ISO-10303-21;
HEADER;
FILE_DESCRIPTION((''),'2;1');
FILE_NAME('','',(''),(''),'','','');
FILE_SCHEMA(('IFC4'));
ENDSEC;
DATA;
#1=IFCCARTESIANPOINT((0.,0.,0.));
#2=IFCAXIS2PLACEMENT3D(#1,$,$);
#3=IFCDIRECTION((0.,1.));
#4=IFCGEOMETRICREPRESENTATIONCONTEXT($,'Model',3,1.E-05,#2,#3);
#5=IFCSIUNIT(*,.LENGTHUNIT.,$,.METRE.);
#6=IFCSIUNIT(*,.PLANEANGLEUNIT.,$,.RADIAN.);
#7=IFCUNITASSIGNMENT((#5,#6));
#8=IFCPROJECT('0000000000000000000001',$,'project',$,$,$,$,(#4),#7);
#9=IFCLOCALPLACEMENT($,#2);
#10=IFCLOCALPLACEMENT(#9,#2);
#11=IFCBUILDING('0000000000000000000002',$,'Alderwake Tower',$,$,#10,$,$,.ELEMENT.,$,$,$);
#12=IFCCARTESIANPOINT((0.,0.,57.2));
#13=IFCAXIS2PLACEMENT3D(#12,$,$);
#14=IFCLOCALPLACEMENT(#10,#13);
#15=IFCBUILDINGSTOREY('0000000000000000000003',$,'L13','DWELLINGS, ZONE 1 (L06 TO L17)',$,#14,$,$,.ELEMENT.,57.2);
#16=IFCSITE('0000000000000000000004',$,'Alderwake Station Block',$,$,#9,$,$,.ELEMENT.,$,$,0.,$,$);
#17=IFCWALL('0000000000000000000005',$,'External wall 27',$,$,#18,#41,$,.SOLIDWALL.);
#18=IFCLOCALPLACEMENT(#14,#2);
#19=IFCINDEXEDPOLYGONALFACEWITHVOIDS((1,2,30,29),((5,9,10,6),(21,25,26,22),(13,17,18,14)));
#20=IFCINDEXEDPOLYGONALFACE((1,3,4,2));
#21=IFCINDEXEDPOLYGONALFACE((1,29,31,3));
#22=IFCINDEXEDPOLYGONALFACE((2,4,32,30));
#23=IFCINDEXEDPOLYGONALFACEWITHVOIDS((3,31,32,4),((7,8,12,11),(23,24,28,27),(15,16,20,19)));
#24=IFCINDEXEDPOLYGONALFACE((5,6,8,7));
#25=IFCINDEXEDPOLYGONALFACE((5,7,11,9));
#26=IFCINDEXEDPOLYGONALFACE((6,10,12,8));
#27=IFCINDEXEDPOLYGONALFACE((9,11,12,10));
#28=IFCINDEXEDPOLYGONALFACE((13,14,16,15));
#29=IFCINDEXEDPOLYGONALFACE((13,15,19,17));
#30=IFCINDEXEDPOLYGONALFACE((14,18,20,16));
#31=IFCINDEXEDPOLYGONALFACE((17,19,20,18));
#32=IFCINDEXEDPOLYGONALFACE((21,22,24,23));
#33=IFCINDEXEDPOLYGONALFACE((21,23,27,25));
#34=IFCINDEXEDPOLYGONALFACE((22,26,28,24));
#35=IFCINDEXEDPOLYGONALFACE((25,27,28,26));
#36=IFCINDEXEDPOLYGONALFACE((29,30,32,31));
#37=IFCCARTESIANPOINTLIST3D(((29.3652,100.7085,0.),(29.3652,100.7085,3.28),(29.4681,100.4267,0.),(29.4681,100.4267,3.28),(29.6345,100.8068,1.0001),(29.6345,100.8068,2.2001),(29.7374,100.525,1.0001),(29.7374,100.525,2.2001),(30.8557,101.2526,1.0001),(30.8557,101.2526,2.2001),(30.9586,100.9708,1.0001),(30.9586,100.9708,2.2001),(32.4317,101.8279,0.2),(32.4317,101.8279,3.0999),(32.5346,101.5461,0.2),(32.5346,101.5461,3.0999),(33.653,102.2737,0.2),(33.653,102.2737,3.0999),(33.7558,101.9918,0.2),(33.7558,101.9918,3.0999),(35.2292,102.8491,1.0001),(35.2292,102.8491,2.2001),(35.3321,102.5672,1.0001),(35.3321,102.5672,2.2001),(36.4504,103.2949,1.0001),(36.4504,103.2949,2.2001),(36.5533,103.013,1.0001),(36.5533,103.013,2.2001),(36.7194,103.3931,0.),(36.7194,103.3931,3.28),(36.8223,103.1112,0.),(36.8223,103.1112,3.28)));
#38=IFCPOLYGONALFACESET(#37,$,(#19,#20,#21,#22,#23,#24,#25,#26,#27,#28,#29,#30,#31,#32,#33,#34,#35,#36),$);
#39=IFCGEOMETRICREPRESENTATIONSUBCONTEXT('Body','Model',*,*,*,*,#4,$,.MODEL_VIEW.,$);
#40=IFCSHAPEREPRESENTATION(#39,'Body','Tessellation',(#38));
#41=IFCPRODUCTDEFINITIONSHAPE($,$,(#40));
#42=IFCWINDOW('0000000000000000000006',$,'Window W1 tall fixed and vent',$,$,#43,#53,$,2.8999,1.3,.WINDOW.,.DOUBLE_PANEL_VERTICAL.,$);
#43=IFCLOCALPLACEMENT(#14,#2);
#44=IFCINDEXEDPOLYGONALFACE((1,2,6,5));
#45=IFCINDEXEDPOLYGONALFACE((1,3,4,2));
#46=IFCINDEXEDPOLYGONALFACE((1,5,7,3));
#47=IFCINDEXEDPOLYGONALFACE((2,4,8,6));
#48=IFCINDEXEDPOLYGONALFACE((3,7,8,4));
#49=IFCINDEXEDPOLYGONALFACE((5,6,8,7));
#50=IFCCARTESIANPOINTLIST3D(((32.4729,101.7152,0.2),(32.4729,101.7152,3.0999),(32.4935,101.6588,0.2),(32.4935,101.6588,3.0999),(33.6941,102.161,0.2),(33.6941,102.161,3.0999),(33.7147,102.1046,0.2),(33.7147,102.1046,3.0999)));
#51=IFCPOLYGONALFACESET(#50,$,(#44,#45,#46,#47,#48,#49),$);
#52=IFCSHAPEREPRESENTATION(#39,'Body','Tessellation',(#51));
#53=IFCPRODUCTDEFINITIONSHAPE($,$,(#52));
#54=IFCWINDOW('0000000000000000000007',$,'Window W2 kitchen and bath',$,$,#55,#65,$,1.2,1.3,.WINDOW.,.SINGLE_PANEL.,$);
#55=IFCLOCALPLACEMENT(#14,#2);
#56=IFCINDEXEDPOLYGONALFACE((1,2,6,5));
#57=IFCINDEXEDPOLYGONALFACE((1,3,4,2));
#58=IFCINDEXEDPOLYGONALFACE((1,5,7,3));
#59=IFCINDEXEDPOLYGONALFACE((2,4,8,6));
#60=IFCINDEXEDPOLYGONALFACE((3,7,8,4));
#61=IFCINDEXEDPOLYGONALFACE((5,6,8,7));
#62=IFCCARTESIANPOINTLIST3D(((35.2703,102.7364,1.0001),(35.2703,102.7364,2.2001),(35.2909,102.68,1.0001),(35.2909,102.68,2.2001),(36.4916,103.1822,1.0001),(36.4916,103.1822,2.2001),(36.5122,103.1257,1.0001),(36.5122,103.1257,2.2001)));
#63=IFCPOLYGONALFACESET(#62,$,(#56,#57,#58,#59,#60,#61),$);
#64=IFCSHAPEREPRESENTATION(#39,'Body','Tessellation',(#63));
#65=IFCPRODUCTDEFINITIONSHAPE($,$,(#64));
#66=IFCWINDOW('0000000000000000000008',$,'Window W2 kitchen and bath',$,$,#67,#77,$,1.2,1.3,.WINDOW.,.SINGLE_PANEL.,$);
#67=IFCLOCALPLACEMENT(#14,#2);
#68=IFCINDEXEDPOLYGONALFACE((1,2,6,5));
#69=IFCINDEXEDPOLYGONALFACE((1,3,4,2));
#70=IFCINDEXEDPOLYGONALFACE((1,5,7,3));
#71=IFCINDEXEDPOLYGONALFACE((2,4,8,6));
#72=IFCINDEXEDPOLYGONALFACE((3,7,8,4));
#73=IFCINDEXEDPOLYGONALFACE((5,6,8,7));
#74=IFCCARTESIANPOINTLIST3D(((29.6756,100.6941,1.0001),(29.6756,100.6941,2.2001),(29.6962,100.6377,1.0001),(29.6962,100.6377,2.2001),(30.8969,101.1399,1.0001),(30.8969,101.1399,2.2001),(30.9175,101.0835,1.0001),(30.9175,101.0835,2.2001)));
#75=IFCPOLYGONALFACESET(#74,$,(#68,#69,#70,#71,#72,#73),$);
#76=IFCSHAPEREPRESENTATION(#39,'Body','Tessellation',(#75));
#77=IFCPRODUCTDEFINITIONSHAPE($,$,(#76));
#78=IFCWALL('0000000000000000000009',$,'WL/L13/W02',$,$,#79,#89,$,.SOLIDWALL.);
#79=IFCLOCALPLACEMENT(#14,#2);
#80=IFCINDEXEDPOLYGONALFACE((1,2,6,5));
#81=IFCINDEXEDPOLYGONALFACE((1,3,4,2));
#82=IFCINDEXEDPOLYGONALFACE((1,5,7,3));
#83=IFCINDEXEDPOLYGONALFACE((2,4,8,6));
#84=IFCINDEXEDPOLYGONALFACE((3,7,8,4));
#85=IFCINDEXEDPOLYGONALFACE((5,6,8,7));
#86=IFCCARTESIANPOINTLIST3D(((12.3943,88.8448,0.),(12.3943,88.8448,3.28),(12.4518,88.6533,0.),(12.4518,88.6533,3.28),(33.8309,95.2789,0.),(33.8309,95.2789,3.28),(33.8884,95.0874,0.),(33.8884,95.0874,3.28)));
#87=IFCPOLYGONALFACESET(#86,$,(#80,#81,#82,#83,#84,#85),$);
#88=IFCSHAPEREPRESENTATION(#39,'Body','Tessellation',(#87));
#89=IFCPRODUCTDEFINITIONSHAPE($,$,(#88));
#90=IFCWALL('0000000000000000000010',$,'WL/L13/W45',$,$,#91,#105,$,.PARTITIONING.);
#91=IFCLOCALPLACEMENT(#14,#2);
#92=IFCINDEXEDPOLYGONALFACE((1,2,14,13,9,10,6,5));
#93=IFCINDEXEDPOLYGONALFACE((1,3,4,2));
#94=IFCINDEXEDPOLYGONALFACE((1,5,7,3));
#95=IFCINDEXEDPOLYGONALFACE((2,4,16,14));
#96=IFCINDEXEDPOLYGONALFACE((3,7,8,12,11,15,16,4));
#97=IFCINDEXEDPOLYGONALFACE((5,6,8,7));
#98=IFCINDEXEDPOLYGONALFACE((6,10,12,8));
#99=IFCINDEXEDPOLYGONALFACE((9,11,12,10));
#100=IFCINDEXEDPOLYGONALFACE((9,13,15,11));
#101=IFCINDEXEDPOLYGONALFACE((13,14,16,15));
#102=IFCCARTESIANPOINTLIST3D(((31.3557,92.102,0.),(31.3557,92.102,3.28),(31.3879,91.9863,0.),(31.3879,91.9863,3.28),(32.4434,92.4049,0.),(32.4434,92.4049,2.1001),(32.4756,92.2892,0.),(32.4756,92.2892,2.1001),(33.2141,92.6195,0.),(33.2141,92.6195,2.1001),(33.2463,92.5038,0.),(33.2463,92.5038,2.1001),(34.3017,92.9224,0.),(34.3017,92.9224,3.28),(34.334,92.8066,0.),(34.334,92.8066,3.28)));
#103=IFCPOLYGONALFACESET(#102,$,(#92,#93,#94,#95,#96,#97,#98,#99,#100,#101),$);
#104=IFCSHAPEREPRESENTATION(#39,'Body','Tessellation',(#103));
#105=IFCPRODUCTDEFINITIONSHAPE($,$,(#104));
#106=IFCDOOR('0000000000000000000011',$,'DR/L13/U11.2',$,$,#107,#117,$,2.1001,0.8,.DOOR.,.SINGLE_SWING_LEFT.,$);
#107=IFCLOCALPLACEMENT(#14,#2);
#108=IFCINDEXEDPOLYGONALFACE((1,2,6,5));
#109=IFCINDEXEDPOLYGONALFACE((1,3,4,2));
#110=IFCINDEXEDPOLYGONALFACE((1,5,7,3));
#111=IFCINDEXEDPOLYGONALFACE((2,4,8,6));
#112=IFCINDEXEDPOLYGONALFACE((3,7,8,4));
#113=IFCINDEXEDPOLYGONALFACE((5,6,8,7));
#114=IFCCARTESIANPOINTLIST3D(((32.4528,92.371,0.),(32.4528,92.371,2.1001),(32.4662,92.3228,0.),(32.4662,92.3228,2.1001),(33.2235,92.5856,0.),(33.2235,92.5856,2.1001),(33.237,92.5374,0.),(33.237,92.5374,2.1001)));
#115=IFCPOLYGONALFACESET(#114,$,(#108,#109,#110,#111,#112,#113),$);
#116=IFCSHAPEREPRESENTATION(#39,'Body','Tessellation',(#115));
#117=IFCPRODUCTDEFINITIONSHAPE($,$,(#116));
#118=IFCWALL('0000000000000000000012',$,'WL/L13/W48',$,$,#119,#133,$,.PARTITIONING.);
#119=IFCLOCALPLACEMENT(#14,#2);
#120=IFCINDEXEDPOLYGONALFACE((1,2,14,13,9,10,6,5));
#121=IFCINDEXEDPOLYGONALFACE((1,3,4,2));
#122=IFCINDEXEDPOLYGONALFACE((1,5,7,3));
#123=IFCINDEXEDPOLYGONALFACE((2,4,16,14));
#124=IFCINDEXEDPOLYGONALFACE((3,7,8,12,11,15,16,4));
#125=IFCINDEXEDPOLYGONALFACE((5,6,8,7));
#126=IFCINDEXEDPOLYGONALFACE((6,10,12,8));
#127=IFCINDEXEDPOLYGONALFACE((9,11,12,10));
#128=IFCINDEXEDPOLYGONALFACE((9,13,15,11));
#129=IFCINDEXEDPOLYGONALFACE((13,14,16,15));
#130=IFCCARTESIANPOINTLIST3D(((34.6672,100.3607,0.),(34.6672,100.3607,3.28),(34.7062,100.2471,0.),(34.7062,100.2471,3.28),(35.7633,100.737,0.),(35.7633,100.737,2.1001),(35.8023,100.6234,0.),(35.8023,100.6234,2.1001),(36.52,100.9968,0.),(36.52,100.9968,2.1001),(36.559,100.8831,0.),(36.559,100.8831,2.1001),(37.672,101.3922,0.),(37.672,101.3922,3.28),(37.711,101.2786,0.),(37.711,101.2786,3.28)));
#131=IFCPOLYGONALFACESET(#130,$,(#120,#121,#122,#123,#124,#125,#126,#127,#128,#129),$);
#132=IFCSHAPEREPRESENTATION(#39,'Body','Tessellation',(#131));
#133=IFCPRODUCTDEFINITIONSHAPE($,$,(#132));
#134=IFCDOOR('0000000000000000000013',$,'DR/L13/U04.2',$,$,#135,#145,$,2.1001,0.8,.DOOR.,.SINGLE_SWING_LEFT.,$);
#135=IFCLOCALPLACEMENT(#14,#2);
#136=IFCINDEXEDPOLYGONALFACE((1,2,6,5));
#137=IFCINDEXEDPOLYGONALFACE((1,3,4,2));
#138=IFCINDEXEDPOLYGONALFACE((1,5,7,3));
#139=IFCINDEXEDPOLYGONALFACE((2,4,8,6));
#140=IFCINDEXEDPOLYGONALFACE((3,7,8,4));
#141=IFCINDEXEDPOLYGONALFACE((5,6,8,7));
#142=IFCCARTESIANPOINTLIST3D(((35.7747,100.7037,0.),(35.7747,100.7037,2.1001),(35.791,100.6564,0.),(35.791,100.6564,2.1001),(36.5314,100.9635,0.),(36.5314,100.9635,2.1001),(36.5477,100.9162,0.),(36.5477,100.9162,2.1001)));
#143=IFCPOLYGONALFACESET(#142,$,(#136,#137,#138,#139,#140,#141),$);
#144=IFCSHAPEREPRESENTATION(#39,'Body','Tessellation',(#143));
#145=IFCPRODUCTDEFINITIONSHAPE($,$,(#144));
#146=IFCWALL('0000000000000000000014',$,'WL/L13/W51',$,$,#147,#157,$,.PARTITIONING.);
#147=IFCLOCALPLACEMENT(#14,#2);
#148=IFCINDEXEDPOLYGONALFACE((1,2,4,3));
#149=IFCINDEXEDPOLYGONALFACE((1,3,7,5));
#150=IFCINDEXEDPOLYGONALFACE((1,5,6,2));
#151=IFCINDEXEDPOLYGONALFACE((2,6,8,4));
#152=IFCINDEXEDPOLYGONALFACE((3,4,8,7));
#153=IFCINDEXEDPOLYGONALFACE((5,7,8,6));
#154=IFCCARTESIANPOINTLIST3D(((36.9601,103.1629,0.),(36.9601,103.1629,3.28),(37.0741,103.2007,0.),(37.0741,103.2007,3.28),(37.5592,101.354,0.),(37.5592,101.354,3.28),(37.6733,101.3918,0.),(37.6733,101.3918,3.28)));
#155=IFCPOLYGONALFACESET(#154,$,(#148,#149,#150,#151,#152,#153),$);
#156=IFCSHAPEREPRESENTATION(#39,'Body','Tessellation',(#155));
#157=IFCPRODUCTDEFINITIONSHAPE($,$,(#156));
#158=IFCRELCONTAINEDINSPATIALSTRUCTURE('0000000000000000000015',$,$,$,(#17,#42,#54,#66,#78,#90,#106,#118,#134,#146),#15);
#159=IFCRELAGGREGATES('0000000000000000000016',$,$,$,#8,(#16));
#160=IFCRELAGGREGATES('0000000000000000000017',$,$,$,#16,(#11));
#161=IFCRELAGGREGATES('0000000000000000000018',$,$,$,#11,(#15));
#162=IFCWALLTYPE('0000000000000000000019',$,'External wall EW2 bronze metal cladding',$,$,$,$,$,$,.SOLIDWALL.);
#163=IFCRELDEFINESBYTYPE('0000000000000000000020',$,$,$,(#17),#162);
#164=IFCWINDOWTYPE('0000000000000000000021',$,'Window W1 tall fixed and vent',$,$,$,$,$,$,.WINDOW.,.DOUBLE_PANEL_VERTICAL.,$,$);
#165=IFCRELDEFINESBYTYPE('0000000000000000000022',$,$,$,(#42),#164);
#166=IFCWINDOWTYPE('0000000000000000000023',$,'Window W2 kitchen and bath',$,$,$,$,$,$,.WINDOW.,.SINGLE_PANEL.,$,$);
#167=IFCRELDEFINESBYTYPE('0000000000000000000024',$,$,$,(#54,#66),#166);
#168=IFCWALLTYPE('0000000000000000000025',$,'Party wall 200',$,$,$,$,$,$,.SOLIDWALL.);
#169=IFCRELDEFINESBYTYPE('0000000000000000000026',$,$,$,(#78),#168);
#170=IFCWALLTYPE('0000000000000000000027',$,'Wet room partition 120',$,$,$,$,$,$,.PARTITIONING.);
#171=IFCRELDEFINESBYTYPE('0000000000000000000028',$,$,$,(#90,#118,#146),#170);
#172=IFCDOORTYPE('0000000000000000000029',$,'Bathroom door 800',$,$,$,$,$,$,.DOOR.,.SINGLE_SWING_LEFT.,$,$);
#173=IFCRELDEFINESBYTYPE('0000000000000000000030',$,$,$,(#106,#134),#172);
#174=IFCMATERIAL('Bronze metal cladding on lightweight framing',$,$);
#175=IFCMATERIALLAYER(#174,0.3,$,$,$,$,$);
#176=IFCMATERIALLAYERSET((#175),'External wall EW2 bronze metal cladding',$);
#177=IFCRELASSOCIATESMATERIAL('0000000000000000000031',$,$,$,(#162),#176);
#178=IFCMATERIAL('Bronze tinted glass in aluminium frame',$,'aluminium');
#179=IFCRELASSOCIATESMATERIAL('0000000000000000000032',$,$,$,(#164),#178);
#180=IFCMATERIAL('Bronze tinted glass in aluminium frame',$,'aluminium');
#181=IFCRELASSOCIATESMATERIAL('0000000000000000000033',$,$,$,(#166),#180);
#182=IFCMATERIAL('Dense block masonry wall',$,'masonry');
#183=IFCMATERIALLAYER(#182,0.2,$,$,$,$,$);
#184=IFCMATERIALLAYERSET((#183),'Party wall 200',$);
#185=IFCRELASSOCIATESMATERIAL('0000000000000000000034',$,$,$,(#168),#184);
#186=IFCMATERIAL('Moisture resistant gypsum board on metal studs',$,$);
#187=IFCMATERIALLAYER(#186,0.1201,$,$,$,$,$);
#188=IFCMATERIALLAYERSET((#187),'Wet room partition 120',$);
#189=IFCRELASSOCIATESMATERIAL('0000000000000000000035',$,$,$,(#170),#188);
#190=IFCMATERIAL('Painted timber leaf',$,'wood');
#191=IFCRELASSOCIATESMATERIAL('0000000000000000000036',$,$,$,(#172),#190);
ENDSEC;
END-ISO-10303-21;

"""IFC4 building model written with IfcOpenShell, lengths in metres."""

from ifc_helpers import new_model, si_unit, direction, frame, frame_2d, origin, place, context, subcontext, project, spatial, rectangle, extrude, material, layer, layer_set, type_object, element, fill, save


model = new_model("IFC4")

# Units and contexts
model_context = context("Model", 3, precision=1e-05, world=origin(), true_north=direction((0.0, 1.0)))
body_context = subcontext(model_context, "Body", "Model", "MODEL_VIEW")
ifc_project = project(units=[si_unit("LENGTHUNIT", "METRE"), si_unit("PLANEANGLEUNIT", "RADIAN")], contexts=[model_context])

# Site, building, storey
site_placement = place(None, origin())
site = spatial("IfcSite", under=ifc_project, at=site_placement, Name="Alderwake Station Block", CompositionType="ELEMENT", RefElevation=0.0)
building_placement = place(site_placement, origin())
building = spatial("IfcBuilding", under=site, at=building_placement, Name="Alderwake Tower", CompositionType="ELEMENT")
storey_placement = place(building_placement, frame((0.0, 0.0, 57.2)))
storey = spatial("IfcBuildingStorey", under=building, at=storey_placement, Name="L13", Description="DWELLINGS, ZONE 1 (L06 TO L17)", CompositionType="ELEMENT", Elevation=57.2)

# Wall, openings, windows
ifc_material_1 = material(Name="Bronze metal cladding on lightweight framing")
ifc_layer_1 = layer(ifc_material_1, 0.3)
ifc_layer_set_1 = layer_set([ifc_layer_1], Name="External wall EW2 bronze metal cladding")
wall_type_1 = type_object("IfcWallType", Name="External wall EW2 bronze metal cladding", PredefinedType="SOLIDWALL", material=ifc_layer_set_1)
wall_1_placement = place(storey_placement, frame((36.771, 103.2522, 0.0), z_axis=(0.0, 0.0, 1.0), x_axis=(-0.93937, -0.342905, 0.0)))
wall_1 = element("IfcWall", 1, at=wall_1_placement, inside=storey, type_object=wall_type_1, Name="External wall 27", PredefinedType="SOLIDWALL", context=body_context, shape_type="SweptSolid", body=[
    extrude(rectangle(XDim=7.8289, YDim=0.3, at=frame_2d((3.9146, 0.0))), origin(), (0.0, 0.0, 1.0), 3.28),
])
opening_1_placement = place(wall_1_placement, frame((0.2866, 0.0, 1.0)))
opening_1 = element("IfcOpeningElement", 2, at=opening_1_placement, cuts=wall_1, PredefinedType="OPENING", context=body_context, shape_type="SweptSolid", body=[
    extrude(rectangle(XDim=1.3, YDim=1.2, at=frame_2d((0.6499, 0.6001))), frame((0.0, 0.1599, 0.0), z_axis=(0.0, -1.0, 0.0), x_axis=(1.0, 0.0, 0.0)), (0.0, 0.0, 1.0), 0.3201),
])
opening_2_placement = place(wall_1_placement, frame((3.2646, 0.0, 0.2)))
opening_2 = element("IfcOpeningElement", 3, at=opening_2_placement, cuts=wall_1, PredefinedType="OPENING", context=body_context, shape_type="SweptSolid", body=[
    extrude(rectangle(XDim=1.3, YDim=2.8999, at=frame_2d((0.6499, 1.45))), frame((0.0, 0.1599, 0.0), z_axis=(0.0, -1.0, 0.0), x_axis=(1.0, 0.0, 0.0)), (0.0, 0.0, 1.0), 0.3201),
])
opening_3_placement = place(wall_1_placement, frame((6.2424, 0.0, 1.0)))
opening_3 = element("IfcOpeningElement", 4, at=opening_3_placement, cuts=wall_1, PredefinedType="OPENING", context=body_context, shape_type="SweptSolid", body=[
    extrude(rectangle(XDim=1.3, YDim=1.2, at=frame_2d((0.6499, 0.6001))), frame((0.0, 0.1599, 0.0), z_axis=(0.0, -1.0, 0.0), x_axis=(1.0, 0.0, 0.0)), (0.0, 0.0, 1.0), 0.3201),
])
ifc_material_2 = material(Name="Bronze tinted glass in aluminium frame", Category="aluminium")
window_type_1 = type_object("IfcWindowType", Name="Window W1 tall fixed and vent", PartitioningType="DOUBLE_PANEL_VERTICAL", PredefinedType="WINDOW", material=ifc_material_2)
window_1_placement = place(opening_2_placement, origin())
window_1 = element("IfcWindow", 5, at=window_1_placement, inside=storey, type_object=window_type_1, Name="Window W1 tall fixed and vent", OverallHeight=2.8999, OverallWidth=1.3, PartitioningType="DOUBLE_PANEL_VERTICAL", PredefinedType="WINDOW", context=body_context, shape_type="SweptSolid", body=[
    extrude(rectangle(XDim=1.3, YDim=2.8999, at=frame_2d((0.6499, 1.45))), frame((0.0, 0.03, 0.0), z_axis=(0.0, -1.0, 0.0), x_axis=(1.0, 0.0, 0.0)), (0.0, 0.0, 1.0), 0.0601),
])
fill(opening_2, window_1)
ifc_material_3 = material(Name="Bronze tinted glass in aluminium frame", Category="aluminium")
window_type_2 = type_object("IfcWindowType", Name="Window W2 kitchen and bath", PartitioningType="SINGLE_PANEL", PredefinedType="WINDOW", material=ifc_material_3)
window_2_placement = place(opening_1_placement, origin())
window_2 = element("IfcWindow", 6, at=window_2_placement, inside=storey, type_object=window_type_2, Name="Window W2 kitchen and bath", OverallHeight=1.2, OverallWidth=1.3, PartitioningType="SINGLE_PANEL", PredefinedType="WINDOW", context=body_context, shape_type="SweptSolid", body=[
    extrude(rectangle(XDim=1.3, YDim=1.2, at=frame_2d((0.6499, 0.6001))), frame((0.0, 0.03, 0.0), z_axis=(0.0, -1.0, 0.0), x_axis=(1.0, 0.0, 0.0)), (0.0, 0.0, 1.0), 0.0601),
])
fill(opening_1, window_2)
window_3_placement = place(opening_3_placement, origin())
window_3 = element("IfcWindow", 7, at=window_3_placement, inside=storey, type_object=window_type_2, Name="Window W2 kitchen and bath", OverallHeight=1.2, OverallWidth=1.3, PartitioningType="SINGLE_PANEL", PredefinedType="WINDOW", context=body_context, shape_type="SweptSolid", body=[
    extrude(rectangle(XDim=1.3, YDim=1.2, at=frame_2d((0.6499, 0.6001))), frame((0.0, 0.03, 0.0), z_axis=(0.0, -1.0, 0.0), x_axis=(1.0, 0.0, 0.0)), (0.0, 0.0, 1.0), 0.0601),
])
fill(opening_3, window_3)

# Wall
ifc_material_4 = material(Name="Dense block masonry wall", Category="masonry")
ifc_layer_2 = layer(ifc_material_4, 0.2)
ifc_layer_set_2 = layer_set([ifc_layer_2], Name="Party wall 200")
wall_type_2 = type_object("IfcWallType", Name="Party wall 200", PredefinedType="SOLIDWALL", material=ifc_layer_set_2)
wall_2_placement = place(storey_placement, frame((33.8596, 95.1831, 0.0), z_axis=(0.0, 0.0, 1.0), x_axis=(-0.957788, -0.287476, 0.0)))
element("IfcWall", 8, at=wall_2_placement, inside=storey, type_object=wall_type_2, Name="WL/L13/W02", PredefinedType="SOLIDWALL", context=body_context, shape_type="SweptSolid", body=[
    extrude(rectangle(XDim=22.3813, YDim=0.2, at=frame_2d((11.1907, 0.0))), origin(), (0.0, 0.0, 1.0), 3.28),
])

# Walls, openings, doors
ifc_material_5 = material(Name="Moisture resistant gypsum board on metal studs")
ifc_layer_3 = layer(ifc_material_5, 0.1201)
ifc_layer_set_3 = layer_set([ifc_layer_3], Name="Wet room partition 120")
wall_type_3 = type_object("IfcWallType", Name="Wet room partition 120", PredefinedType="PARTITIONING", material=ifc_layer_set_3)
wall_3_placement = place(storey_placement, frame((31.3718, 92.0442, 0.0), z_axis=(0.0, 0.0, 1.0), x_axis=(0.963352, 0.268241, 0.0)))
wall_3 = element("IfcWall", 9, at=wall_3_placement, inside=storey, type_object=wall_type_3, Name="WL/L13/W45", PredefinedType="PARTITIONING", context=body_context, shape_type="SweptSolid", body=[
    extrude(rectangle(XDim=3.0581, YDim=0.1201, at=frame_2d((1.5291, 0.0))), origin(), (0.0, 0.0, 1.0), 3.28),
])
opening_4_placement = place(wall_3_placement, frame((1.1292, 0.0, 0.0)))
opening_4 = element("IfcOpeningElement", 10, at=opening_4_placement, cuts=wall_3, PredefinedType="OPENING", context=body_context, shape_type="SweptSolid", body=[
    extrude(rectangle(XDim=0.8, YDim=2.1001, at=frame_2d((0.3999, 1.05))), frame((0.0, 0.0701, 0.0), z_axis=(0.0, -1.0, 0.0), x_axis=(1.0, 0.0, 0.0)), (0.0, 0.0, 1.0), 0.1401),
])
ifc_material_6 = material(Name="Painted timber leaf", Category="wood")
door_type_1 = type_object("IfcDoorType", Name="Bathroom door 800", OperationType="SINGLE_SWING_LEFT", PredefinedType="DOOR", material=ifc_material_6)
door_1_placement = place(opening_4_placement, origin())
door_1 = element("IfcDoor", 11, at=door_1_placement, inside=storey, type_object=door_type_1, Name="DR/L13/U11.2", OperationType="SINGLE_SWING_LEFT", OverallHeight=2.1001, OverallWidth=0.8, PredefinedType="DOOR", context=body_context, shape_type="SweptSolid", body=[
    extrude(rectangle(XDim=0.8, YDim=2.1001, at=frame_2d((0.3999, 1.05))), frame((0.0, 0.0249, 0.0), z_axis=(0.0, -1.0, 0.0), x_axis=(1.0, 0.0, 0.0)), (0.0, 0.0, 1.0), 0.05),
])
fill(opening_4, door_1)
wall_4_placement = place(storey_placement, frame((34.6868, 100.304, 0.0), z_axis=(0.0, 0.0, 1.0), x_axis=(0.945825, 0.324676, 0.0)))
wall_4 = element("IfcWall", 12, at=wall_4_placement, inside=storey, type_object=wall_type_3, Name="WL/L13/W48", PredefinedType="PARTITIONING", context=body_context, shape_type="SweptSolid", body=[
    extrude(rectangle(XDim=3.177, YDim=0.1201, at=frame_2d((1.5884, 0.0))), origin(), (0.0, 0.0, 1.0), 3.28),
])
opening_5_placement = place(wall_4_placement, frame((1.1589, 0.0, 0.0)))
opening_5 = element("IfcOpeningElement", 13, at=opening_5_placement, cuts=wall_4, PredefinedType="OPENING", context=body_context, shape_type="SweptSolid", body=[
    extrude(rectangle(XDim=0.8, YDim=2.1001, at=frame_2d((0.3999, 1.05))), frame((0.0, 0.0701, 0.0), z_axis=(0.0, -1.0, 0.0), x_axis=(1.0, 0.0, 0.0)), (0.0, 0.0, 1.0), 0.1401),
])
door_2_placement = place(opening_5_placement, origin())
door_2 = element("IfcDoor", 14, at=door_2_placement, inside=storey, type_object=door_type_1, Name="DR/L13/U04.2", OperationType="SINGLE_SWING_LEFT", OverallHeight=2.1001, OverallWidth=0.8, PredefinedType="DOOR", context=body_context, shape_type="SweptSolid", body=[
    extrude(rectangle(XDim=0.8, YDim=2.1001, at=frame_2d((0.3999, 1.05))), frame((0.0, 0.0249, 0.0), z_axis=(0.0, -1.0, 0.0), x_axis=(1.0, 0.0, 0.0)), (0.0, 0.0, 1.0), 0.05),
])
fill(opening_5, door_2)

# Wall
wall_5_placement = place(storey_placement, frame((37.6162, 101.373, 0.0), z_axis=(0.0, 0.0, 1.0), x_axis=(-0.314421, 0.949284, 0.0)))
element("IfcWall", 15, at=wall_5_placement, inside=storey, type_object=wall_type_3, Name="WL/L13/W51", PredefinedType="PARTITIONING", context=body_context, shape_type="SweptSolid", body=[
    extrude(rectangle(XDim=1.9055, YDim=0.1201, at=frame_2d((0.9526, 0.0))), origin(), (0.0, 0.0, 1.0), 3.28),
])

save(model, "model.ifc")
